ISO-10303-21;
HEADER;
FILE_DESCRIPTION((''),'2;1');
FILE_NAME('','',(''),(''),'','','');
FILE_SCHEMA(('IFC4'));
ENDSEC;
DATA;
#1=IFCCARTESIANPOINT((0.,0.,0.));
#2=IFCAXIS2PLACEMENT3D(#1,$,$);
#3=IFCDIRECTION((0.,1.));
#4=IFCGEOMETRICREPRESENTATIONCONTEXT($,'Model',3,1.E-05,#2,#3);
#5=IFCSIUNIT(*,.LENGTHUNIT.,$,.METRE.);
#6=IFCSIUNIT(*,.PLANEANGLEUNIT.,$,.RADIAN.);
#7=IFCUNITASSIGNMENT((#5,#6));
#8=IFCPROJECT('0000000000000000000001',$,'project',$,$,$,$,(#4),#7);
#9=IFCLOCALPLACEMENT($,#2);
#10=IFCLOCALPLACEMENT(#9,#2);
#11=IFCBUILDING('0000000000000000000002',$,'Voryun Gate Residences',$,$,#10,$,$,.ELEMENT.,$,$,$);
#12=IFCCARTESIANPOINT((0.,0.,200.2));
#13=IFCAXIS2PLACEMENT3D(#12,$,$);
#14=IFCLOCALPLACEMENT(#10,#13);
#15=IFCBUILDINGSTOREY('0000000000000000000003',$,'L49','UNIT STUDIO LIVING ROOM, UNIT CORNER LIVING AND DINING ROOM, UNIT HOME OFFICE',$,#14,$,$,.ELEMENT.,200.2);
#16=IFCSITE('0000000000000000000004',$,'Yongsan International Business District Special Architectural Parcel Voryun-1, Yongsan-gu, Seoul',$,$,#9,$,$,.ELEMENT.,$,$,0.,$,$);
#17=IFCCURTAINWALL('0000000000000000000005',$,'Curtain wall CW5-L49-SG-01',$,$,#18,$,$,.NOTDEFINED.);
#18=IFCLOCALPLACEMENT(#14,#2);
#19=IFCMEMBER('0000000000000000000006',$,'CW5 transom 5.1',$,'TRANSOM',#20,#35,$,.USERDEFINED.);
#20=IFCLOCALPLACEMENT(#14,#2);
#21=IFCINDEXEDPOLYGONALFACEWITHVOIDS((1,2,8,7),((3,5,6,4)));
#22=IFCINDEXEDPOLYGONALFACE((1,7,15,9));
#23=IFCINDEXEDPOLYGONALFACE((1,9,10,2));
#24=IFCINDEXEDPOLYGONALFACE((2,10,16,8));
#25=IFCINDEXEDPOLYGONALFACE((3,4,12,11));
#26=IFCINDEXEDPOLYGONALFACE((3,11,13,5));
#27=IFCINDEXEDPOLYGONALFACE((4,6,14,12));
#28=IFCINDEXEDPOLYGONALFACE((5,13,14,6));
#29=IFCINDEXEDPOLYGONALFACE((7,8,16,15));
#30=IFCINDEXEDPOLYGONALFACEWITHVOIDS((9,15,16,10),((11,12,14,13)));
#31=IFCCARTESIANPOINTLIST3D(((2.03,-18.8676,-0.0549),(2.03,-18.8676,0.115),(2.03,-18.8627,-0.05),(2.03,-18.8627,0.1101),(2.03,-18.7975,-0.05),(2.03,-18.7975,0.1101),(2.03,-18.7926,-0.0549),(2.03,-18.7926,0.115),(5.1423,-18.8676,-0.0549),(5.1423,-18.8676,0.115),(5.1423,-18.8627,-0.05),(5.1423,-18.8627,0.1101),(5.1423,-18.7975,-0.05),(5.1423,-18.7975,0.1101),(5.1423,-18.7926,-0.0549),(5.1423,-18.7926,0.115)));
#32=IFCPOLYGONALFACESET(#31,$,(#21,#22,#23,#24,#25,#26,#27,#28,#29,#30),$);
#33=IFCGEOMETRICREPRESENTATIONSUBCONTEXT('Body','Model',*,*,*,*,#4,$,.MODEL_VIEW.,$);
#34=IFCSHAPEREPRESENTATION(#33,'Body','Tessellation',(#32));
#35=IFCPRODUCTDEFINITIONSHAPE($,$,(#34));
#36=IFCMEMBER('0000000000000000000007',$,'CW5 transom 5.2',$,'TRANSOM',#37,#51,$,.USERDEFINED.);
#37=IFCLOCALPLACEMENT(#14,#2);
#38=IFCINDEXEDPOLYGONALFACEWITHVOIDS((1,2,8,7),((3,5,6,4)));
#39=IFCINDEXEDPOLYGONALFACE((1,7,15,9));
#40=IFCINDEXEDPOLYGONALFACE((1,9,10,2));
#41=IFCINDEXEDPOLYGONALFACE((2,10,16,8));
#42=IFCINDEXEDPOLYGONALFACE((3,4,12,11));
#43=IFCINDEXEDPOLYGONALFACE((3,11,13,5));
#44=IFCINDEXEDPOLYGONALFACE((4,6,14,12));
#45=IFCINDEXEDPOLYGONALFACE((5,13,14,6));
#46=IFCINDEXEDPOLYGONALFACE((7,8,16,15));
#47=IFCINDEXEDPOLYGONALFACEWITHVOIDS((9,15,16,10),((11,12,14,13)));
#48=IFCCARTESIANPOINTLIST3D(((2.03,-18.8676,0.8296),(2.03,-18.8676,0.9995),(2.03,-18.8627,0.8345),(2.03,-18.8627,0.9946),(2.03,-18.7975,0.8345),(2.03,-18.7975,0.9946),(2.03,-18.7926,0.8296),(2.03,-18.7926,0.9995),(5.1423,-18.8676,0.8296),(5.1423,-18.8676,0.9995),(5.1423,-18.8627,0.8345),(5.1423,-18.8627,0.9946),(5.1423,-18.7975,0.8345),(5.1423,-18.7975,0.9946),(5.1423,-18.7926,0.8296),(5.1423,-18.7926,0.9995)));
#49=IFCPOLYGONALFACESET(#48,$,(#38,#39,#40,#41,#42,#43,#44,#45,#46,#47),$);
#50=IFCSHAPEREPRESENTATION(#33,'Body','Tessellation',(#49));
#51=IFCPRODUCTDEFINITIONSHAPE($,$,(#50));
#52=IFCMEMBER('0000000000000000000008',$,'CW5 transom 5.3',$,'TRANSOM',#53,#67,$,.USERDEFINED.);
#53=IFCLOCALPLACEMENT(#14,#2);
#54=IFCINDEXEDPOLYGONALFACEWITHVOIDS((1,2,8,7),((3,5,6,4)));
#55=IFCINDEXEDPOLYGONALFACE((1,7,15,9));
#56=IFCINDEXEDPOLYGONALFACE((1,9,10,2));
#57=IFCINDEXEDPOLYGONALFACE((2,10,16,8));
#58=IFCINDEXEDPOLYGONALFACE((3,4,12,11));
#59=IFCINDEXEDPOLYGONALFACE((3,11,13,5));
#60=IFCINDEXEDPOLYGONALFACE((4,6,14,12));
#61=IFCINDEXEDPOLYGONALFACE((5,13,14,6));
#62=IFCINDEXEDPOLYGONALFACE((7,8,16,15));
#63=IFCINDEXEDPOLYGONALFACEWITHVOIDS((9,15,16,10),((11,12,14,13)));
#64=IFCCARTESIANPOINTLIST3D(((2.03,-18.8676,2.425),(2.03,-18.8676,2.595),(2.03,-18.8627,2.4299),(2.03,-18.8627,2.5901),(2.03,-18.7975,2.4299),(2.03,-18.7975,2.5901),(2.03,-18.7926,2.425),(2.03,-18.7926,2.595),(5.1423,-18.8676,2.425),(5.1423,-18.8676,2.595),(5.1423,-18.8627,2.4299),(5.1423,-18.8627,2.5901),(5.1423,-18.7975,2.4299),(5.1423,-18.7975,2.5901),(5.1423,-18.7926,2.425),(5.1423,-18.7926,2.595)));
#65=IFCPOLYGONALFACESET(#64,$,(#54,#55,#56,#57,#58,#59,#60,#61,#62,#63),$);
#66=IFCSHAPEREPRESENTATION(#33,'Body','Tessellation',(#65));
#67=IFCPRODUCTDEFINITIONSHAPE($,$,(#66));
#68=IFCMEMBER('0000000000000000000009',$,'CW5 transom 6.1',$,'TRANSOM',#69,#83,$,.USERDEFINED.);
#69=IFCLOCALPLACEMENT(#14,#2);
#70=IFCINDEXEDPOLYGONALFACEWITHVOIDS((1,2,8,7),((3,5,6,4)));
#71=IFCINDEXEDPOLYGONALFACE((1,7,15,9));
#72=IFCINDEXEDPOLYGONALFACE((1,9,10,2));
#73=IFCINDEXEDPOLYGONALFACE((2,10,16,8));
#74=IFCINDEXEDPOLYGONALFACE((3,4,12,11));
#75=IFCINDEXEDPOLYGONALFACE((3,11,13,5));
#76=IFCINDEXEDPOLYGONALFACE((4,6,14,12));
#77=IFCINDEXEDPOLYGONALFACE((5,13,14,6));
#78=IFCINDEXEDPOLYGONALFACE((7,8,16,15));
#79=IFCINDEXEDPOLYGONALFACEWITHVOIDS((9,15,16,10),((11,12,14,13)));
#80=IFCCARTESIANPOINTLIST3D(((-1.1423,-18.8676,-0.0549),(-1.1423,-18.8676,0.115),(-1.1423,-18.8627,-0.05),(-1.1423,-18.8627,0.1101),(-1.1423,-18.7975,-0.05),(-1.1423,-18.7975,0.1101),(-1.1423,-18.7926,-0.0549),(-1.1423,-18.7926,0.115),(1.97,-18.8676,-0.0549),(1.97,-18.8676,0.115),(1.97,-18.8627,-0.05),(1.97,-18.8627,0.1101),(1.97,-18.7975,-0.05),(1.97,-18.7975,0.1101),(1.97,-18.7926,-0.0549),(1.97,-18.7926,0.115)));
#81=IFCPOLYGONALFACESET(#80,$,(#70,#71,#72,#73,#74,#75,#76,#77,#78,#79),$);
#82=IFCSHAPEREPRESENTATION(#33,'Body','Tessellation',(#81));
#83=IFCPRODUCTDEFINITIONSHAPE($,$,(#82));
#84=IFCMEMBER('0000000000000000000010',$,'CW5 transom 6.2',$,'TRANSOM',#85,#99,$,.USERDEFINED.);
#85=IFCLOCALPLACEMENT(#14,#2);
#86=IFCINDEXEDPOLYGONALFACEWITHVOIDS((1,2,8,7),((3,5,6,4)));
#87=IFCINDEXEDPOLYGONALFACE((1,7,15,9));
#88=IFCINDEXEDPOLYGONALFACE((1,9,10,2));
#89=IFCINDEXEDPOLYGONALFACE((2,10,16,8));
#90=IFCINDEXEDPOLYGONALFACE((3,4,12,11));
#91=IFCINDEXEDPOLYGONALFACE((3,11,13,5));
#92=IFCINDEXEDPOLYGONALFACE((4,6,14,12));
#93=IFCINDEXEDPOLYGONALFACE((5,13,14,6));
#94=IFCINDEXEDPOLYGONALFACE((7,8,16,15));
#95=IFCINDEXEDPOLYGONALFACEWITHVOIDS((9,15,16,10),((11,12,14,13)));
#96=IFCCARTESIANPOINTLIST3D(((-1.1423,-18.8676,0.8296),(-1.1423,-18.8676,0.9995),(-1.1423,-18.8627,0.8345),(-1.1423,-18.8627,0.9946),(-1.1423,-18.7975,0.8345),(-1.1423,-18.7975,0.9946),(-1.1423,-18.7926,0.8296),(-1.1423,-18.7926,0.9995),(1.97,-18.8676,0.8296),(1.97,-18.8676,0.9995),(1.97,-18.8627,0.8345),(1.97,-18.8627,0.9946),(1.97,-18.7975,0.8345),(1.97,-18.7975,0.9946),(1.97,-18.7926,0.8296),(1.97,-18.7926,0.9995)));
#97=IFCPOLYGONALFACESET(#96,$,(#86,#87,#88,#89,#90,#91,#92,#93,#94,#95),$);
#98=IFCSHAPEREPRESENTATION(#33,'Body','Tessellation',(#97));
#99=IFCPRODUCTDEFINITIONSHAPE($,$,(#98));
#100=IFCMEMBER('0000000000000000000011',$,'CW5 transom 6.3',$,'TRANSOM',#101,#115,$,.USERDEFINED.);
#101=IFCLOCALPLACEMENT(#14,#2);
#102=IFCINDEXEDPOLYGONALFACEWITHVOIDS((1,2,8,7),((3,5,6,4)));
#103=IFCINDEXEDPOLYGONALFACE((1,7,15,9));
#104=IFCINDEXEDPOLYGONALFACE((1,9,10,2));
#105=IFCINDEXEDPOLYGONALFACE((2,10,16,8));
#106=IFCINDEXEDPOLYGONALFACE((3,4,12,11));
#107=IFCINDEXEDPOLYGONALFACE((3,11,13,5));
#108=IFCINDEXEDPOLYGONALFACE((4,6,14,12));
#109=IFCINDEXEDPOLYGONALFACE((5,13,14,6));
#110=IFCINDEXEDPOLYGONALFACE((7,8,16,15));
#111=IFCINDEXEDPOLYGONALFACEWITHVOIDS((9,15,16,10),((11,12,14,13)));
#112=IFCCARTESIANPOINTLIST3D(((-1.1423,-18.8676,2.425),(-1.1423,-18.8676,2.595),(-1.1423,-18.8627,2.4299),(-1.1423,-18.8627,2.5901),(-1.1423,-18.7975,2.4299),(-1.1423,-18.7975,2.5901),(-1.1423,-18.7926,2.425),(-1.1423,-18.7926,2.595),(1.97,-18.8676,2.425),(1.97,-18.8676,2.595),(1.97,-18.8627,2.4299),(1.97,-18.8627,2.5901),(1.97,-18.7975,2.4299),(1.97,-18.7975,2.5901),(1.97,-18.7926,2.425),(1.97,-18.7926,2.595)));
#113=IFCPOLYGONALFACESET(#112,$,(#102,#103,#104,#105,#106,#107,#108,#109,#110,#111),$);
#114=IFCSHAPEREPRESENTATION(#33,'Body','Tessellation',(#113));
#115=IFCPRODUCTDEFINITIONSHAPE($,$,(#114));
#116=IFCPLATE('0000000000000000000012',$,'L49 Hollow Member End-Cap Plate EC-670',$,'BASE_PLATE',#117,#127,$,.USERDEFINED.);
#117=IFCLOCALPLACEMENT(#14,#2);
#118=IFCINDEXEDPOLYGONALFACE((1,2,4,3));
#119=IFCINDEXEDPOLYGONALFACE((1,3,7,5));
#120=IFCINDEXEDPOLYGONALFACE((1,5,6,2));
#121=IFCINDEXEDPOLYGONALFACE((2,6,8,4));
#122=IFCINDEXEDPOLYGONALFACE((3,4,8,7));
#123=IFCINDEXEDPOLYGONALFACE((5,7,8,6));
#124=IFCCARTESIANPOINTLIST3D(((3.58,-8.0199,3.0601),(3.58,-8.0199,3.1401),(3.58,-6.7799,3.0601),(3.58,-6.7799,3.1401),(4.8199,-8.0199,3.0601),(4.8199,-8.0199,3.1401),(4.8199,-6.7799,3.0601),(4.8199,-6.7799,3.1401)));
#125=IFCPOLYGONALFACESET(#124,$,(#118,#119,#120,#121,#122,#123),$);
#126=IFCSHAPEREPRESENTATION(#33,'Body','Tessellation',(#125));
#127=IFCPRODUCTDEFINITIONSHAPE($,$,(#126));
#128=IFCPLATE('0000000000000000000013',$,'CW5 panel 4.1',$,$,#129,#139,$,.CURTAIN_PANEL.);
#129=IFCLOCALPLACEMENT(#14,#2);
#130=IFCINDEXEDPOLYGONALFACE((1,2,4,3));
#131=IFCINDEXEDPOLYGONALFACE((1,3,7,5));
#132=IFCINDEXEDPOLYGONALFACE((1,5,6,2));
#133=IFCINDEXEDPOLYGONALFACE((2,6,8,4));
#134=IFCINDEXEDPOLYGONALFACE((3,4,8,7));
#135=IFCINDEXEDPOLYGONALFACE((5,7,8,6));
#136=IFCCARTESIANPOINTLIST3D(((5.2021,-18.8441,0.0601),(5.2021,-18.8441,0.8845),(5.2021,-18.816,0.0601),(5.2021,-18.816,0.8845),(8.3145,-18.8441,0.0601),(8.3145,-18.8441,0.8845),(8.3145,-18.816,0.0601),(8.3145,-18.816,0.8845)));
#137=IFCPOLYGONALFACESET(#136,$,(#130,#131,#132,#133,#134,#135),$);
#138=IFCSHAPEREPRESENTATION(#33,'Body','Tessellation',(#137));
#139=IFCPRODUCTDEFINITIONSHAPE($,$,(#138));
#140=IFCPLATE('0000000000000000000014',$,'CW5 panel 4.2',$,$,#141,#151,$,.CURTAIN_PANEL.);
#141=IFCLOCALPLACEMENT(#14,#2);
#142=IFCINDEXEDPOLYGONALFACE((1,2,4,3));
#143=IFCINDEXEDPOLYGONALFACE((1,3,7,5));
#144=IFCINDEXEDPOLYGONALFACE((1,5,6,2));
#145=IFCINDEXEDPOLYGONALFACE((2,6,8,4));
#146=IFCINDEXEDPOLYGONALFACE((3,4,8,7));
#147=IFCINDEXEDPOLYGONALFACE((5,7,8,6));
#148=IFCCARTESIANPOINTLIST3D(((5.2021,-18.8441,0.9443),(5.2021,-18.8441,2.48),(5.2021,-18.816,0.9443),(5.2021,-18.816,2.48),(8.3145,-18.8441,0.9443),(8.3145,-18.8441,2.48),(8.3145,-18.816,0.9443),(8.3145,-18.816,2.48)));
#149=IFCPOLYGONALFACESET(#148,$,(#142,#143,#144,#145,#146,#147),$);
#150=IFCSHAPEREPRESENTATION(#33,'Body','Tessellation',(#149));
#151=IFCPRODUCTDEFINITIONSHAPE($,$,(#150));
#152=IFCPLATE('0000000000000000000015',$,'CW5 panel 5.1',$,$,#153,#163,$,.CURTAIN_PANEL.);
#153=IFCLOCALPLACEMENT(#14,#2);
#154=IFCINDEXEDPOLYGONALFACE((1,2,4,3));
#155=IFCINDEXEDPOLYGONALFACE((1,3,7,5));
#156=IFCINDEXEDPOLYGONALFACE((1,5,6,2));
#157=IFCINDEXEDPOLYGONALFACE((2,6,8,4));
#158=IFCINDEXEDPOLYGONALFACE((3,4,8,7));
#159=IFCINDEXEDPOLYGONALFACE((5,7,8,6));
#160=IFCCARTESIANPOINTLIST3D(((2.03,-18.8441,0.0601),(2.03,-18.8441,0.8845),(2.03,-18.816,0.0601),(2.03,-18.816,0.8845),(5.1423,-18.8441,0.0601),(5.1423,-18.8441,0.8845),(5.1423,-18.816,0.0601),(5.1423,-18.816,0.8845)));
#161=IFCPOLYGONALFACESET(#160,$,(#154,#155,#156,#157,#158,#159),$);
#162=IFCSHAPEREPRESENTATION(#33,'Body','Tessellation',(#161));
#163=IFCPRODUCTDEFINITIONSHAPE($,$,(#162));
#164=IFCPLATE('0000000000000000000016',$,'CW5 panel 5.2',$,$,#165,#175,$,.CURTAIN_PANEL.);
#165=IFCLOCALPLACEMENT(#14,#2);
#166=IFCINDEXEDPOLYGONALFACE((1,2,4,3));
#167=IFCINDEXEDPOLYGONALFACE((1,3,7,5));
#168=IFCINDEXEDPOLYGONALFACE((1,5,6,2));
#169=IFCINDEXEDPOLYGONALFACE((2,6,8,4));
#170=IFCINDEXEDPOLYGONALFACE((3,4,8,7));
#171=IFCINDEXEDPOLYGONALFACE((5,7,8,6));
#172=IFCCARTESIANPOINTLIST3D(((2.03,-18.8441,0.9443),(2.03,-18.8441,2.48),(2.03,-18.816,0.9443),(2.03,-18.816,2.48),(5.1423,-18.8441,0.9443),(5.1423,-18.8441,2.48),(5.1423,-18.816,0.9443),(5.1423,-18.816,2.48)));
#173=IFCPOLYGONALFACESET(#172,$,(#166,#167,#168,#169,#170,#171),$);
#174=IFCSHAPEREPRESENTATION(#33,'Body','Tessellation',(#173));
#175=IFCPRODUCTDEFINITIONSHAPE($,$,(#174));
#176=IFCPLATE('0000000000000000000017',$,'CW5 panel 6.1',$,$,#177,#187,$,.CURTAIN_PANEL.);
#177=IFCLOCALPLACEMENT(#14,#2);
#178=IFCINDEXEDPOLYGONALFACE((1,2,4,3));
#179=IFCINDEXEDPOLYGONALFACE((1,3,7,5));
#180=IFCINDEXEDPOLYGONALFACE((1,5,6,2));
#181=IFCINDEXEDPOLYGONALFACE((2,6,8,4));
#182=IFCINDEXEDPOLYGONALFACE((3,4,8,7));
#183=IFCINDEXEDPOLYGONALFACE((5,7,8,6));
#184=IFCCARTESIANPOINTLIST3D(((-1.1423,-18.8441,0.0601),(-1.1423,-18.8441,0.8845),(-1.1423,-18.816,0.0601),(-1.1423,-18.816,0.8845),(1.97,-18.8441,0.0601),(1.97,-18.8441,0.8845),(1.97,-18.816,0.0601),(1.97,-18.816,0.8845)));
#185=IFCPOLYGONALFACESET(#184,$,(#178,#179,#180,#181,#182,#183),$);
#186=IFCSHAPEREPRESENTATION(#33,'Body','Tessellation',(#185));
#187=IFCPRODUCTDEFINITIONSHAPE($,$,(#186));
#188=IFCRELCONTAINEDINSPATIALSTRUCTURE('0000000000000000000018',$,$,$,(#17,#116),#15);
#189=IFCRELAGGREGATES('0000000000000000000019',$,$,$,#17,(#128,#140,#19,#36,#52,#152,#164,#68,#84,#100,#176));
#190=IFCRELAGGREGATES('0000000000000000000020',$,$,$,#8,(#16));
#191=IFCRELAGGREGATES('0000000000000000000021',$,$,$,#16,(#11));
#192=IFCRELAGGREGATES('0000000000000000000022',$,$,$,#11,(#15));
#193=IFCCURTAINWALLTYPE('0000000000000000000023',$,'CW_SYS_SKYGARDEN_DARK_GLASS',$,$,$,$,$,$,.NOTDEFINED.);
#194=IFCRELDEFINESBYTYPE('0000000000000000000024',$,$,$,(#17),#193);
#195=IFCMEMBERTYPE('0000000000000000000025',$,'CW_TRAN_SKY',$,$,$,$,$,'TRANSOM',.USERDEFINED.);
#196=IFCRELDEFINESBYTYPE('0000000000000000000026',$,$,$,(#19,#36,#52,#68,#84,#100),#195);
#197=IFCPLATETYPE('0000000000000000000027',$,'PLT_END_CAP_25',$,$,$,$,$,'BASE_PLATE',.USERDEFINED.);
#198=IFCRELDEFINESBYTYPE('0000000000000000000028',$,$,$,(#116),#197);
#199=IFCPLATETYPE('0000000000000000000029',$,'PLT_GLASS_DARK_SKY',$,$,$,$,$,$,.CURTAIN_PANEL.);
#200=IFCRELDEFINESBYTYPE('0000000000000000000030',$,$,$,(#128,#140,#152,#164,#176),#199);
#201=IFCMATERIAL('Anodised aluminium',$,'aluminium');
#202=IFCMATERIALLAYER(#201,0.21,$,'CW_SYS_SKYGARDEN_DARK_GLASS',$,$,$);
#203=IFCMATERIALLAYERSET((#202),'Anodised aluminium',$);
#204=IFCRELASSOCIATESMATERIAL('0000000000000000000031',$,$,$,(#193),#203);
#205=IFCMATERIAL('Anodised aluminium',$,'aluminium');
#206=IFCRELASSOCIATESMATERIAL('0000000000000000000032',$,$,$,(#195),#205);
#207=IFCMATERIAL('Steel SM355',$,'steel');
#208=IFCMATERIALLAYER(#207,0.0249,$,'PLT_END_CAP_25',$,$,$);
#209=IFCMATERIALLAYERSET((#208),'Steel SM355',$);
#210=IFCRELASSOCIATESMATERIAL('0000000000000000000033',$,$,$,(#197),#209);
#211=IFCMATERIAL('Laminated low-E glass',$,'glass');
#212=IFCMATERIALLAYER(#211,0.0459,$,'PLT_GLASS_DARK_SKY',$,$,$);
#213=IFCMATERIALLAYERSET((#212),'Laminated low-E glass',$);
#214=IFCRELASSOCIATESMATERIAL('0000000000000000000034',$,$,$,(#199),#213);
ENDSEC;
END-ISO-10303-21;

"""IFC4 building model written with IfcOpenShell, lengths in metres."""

from ifc_helpers import new_model, si_unit, direction, frame, origin, origin_2d, place, context, subcontext, project, spatial, rectangle, hollow_rectangle, extrude, material, layer, layer_set, material_profile, profile_set, type_object, element, aggregate, save


model = new_model("IFC4")

# Units and contexts
model_context = context("Model", 3, precision=1e-05, world=origin(), true_north=direction((0.0, 1.0)))
body_context = subcontext(model_context, "Body", "Model", "MODEL_VIEW")
ifc_project = project(units=[si_unit("LENGTHUNIT", "METRE"), si_unit("PLANEANGLEUNIT", "RADIAN")], contexts=[model_context])

# Site, building, storey
site_placement = place(None, origin())
site = spatial("IfcSite", under=ifc_project, at=site_placement, Name="Yongsan International Business District Special Architectural Parcel Voryun-1, Yongsan-gu, Seoul", CompositionType="ELEMENT", RefElevation=0.0)
building_placement = place(site_placement, origin())
building = spatial("IfcBuilding", under=site, at=building_placement, Name="Voryun Gate Residences", CompositionType="ELEMENT")
storey_placement = place(building_placement, frame((0.0, 0.0, 200.2)))
storey = spatial("IfcBuildingStorey", under=building, at=storey_placement, Name="L49", Description="UNIT STUDIO LIVING ROOM, UNIT CORNER LIVING AND DINING ROOM, UNIT HOME OFFICE", CompositionType="ELEMENT", Elevation=200.2)

# Curtain wall, members
ifc_material_1 = material(Name="Anodised aluminium", Category="aluminium")
ifc_layer_1 = layer(ifc_material_1, 0.21, Name="CW_SYS_SKYGARDEN_DARK_GLASS")
ifc_layer_set_1 = layer_set([ifc_layer_1], Name="Anodised aluminium")
curtain_wall_type = type_object("IfcCurtainWallType", Name="CW_SYS_SKYGARDEN_DARK_GLASS", PredefinedType="NOTDEFINED", material=ifc_layer_set_1)
curtain_wall_placement = place(storey_placement, origin())
curtain_wall = element("IfcCurtainWall", 1, at=curtain_wall_placement, inside=storey, type_object=curtain_wall_type, Name="Curtain wall CW5-L49-SG-01", PredefinedType="NOTDEFINED")
ifc_material_2 = material(Name="Anodised aluminium", Category="aluminium")
ifc_material_profile_1 = material_profile(ifc_material_2, hollow_rectangle(XDim=0.075, YDim=0.1699, WallThickness=0.0049, at=origin_2d()), Name="ALU-TRAN-170x75x5")
ifc_profile_set_1 = profile_set([ifc_material_profile_1], Name="Anodised aluminium")
member_type_1 = type_object("IfcMemberType", Name="CW_TRAN_SKY", ElementType="TRANSOM", PredefinedType="USERDEFINED", material=ifc_profile_set_1)
member_1_placement = place(storey_placement, frame((5.1423, -18.8301, 0.03), z_axis=(-1.0, 0.0, 0.0), x_axis=(0.0, -1.0, 0.0)))
member_1 = element("IfcMember", 2, at=member_1_placement, type_object=member_type_1, Name="CW5 transom 5.1", ObjectType="TRANSOM", PredefinedType="USERDEFINED", context=body_context, shape_type="SweptSolid", body=[
    extrude(hollow_rectangle(XDim=0.075, YDim=0.1699, WallThickness=0.0049, at=origin_2d()), origin(), (0.0, 0.0, 1.0), 3.1123),
])
member_2_placement = place(storey_placement, frame((5.1423, -18.8301, 0.9146), z_axis=(-1.0, 0.0, 0.0), x_axis=(0.0, -1.0, 0.0)))
member_2 = element("IfcMember", 3, at=member_2_placement, type_object=member_type_1, Name="CW5 transom 5.2", ObjectType="TRANSOM", PredefinedType="USERDEFINED", context=body_context, shape_type="SweptSolid", body=[
    extrude(hollow_rectangle(XDim=0.075, YDim=0.1699, WallThickness=0.0049, at=origin_2d()), origin(), (0.0, 0.0, 1.0), 3.1123),
])
member_3_placement = place(storey_placement, frame((5.1423, -18.8301, 2.51), z_axis=(-1.0, 0.0, 0.0), x_axis=(0.0, -1.0, 0.0)))
member_3 = element("IfcMember", 4, at=member_3_placement, type_object=member_type_1, Name="CW5 transom 5.3", ObjectType="TRANSOM", PredefinedType="USERDEFINED", context=body_context, shape_type="SweptSolid", body=[
    extrude(hollow_rectangle(XDim=0.075, YDim=0.1699, WallThickness=0.0049, at=origin_2d()), origin(), (0.0, 0.0, 1.0), 3.1123),
])
member_4_placement = place(storey_placement, frame((1.97, -18.8301, 0.03), z_axis=(-1.0, 0.0, 0.0), x_axis=(0.0, -1.0, 0.0)))
member_4 = element("IfcMember", 5, at=member_4_placement, type_object=member_type_1, Name="CW5 transom 6.1", ObjectType="TRANSOM", PredefinedType="USERDEFINED", context=body_context, shape_type="SweptSolid", body=[
    extrude(hollow_rectangle(XDim=0.075, YDim=0.1699, WallThickness=0.0049, at=origin_2d()), origin(), (0.0, 0.0, 1.0), 3.1123),
])
member_5_placement = place(storey_placement, frame((1.97, -18.8301, 0.9146), z_axis=(-1.0, 0.0, 0.0), x_axis=(0.0, -1.0, 0.0)))
member_5 = element("IfcMember", 6, at=member_5_placement, type_object=member_type_1, Name="CW5 transom 6.2", ObjectType="TRANSOM", PredefinedType="USERDEFINED", context=body_context, shape_type="SweptSolid", body=[
    extrude(hollow_rectangle(XDim=0.075, YDim=0.1699, WallThickness=0.0049, at=origin_2d()), origin(), (0.0, 0.0, 1.0), 3.1123),
])
member_6_placement = place(storey_placement, frame((1.97, -18.8301, 2.51), z_axis=(-1.0, 0.0, 0.0), x_axis=(0.0, -1.0, 0.0)))
member_6 = element("IfcMember", 7, at=member_6_placement, type_object=member_type_1, Name="CW5 transom 6.3", ObjectType="TRANSOM", PredefinedType="USERDEFINED", context=body_context, shape_type="SweptSolid", body=[
    extrude(hollow_rectangle(XDim=0.075, YDim=0.1699, WallThickness=0.0049, at=origin_2d()), origin(), (0.0, 0.0, 1.0), 3.1123),
])

# Plates
ifc_material_3 = material(Name="Steel SM355", Category="steel")
ifc_layer_2 = layer(ifc_material_3, 0.0249, Name="PLT_END_CAP_25")
ifc_layer_set_2 = layer_set([ifc_layer_2], Name="Steel SM355")
plate_type_1 = type_object("IfcPlateType", Name="PLT_END_CAP_25", ElementType="BASE_PLATE", PredefinedType="USERDEFINED", material=ifc_layer_set_2)
plate_1_placement = place(storey_placement, frame((4.2, -7.3999, 3.0601), z_axis=(0.0, 0.0, 1.0), x_axis=(1.0, 0.0, 0.0)))
element("IfcPlate", 8, at=plate_1_placement, inside=storey, type_object=plate_type_1, Name="L49 Hollow Member End-Cap Plate EC-670", ObjectType="BASE_PLATE", PredefinedType="USERDEFINED", context=body_context, shape_type="SweptSolid", body=[
    extrude(rectangle(XDim=1.24, YDim=1.24, at=origin_2d()), origin(), (0.0, 0.0, 1.0), 0.0801),
])
ifc_material_4 = material(Name="Laminated low-E glass", Category="glass")
ifc_layer_3 = layer(ifc_material_4, 0.0459, Name="PLT_GLASS_DARK_SKY")
ifc_layer_set_3 = layer_set([ifc_layer_3], Name="Laminated low-E glass")
plate_type_2 = type_object("IfcPlateType", Name="PLT_GLASS_DARK_SKY", PredefinedType="CURTAIN_PANEL", material=ifc_layer_set_3)
plate_2_placement = place(storey_placement, frame((6.7583, -18.8301, 0.0601), z_axis=(0.0, 0.0, 1.0), x_axis=(-1.0, 0.0, 0.0)))
plate_2 = element("IfcPlate", 9, at=plate_2_placement, type_object=plate_type_2, Name="CW5 panel 4.1", PredefinedType="CURTAIN_PANEL", context=body_context, shape_type="SweptSolid", body=[
    extrude(rectangle(XDim=3.1123, YDim=0.0281, at=origin_2d()), origin(), (0.0, 0.0, 1.0), 0.8245),
])
plate_3_placement = place(storey_placement, frame((6.7583, -18.8301, 0.9443), z_axis=(0.0, 0.0, 1.0), x_axis=(-1.0, 0.0, 0.0)))
plate_3 = element("IfcPlate", 10, at=plate_3_placement, type_object=plate_type_2, Name="CW5 panel 4.2", PredefinedType="CURTAIN_PANEL", context=body_context, shape_type="SweptSolid", body=[
    extrude(rectangle(XDim=3.1123, YDim=0.0281, at=origin_2d()), origin(), (0.0, 0.0, 1.0), 1.5356),
])
plate_4_placement = place(storey_placement, frame((3.5862, -18.8301, 0.0601), z_axis=(0.0, 0.0, 1.0), x_axis=(-1.0, 0.0, 0.0)))
plate_4 = element("IfcPlate", 11, at=plate_4_placement, type_object=plate_type_2, Name="CW5 panel 5.1", PredefinedType="CURTAIN_PANEL", context=body_context, shape_type="SweptSolid", body=[
    extrude(rectangle(XDim=3.1123, YDim=0.0281, at=origin_2d()), origin(), (0.0, 0.0, 1.0), 0.8245),
])
plate_5_placement = place(storey_placement, frame((3.5862, -18.8301, 0.9443), z_axis=(0.0, 0.0, 1.0), x_axis=(-1.0, 0.0, 0.0)))
plate_5 = element("IfcPlate", 12, at=plate_5_placement, type_object=plate_type_2, Name="CW5 panel 5.2", PredefinedType="CURTAIN_PANEL", context=body_context, shape_type="SweptSolid", body=[
    extrude(rectangle(XDim=3.1123, YDim=0.0281, at=origin_2d()), origin(), (0.0, 0.0, 1.0), 1.5356),
])
plate_6_placement = place(storey_placement, frame((0.4138, -18.8301, 0.0601), z_axis=(0.0, 0.0, 1.0), x_axis=(-1.0, 0.0, 0.0)))
plate_6 = element("IfcPlate", 13, at=plate_6_placement, type_object=plate_type_2, Name="CW5 panel 6.1", PredefinedType="CURTAIN_PANEL", context=body_context, shape_type="SweptSolid", body=[
    extrude(rectangle(XDim=3.1123, YDim=0.0281, at=origin_2d()), origin(), (0.0, 0.0, 1.0), 0.8245),
])
aggregate(curtain_wall, [plate_2, plate_3, member_1, member_2, member_3, plate_4, plate_5, member_4, member_5, member_6, plate_6])

save(model, "model.ifc")
